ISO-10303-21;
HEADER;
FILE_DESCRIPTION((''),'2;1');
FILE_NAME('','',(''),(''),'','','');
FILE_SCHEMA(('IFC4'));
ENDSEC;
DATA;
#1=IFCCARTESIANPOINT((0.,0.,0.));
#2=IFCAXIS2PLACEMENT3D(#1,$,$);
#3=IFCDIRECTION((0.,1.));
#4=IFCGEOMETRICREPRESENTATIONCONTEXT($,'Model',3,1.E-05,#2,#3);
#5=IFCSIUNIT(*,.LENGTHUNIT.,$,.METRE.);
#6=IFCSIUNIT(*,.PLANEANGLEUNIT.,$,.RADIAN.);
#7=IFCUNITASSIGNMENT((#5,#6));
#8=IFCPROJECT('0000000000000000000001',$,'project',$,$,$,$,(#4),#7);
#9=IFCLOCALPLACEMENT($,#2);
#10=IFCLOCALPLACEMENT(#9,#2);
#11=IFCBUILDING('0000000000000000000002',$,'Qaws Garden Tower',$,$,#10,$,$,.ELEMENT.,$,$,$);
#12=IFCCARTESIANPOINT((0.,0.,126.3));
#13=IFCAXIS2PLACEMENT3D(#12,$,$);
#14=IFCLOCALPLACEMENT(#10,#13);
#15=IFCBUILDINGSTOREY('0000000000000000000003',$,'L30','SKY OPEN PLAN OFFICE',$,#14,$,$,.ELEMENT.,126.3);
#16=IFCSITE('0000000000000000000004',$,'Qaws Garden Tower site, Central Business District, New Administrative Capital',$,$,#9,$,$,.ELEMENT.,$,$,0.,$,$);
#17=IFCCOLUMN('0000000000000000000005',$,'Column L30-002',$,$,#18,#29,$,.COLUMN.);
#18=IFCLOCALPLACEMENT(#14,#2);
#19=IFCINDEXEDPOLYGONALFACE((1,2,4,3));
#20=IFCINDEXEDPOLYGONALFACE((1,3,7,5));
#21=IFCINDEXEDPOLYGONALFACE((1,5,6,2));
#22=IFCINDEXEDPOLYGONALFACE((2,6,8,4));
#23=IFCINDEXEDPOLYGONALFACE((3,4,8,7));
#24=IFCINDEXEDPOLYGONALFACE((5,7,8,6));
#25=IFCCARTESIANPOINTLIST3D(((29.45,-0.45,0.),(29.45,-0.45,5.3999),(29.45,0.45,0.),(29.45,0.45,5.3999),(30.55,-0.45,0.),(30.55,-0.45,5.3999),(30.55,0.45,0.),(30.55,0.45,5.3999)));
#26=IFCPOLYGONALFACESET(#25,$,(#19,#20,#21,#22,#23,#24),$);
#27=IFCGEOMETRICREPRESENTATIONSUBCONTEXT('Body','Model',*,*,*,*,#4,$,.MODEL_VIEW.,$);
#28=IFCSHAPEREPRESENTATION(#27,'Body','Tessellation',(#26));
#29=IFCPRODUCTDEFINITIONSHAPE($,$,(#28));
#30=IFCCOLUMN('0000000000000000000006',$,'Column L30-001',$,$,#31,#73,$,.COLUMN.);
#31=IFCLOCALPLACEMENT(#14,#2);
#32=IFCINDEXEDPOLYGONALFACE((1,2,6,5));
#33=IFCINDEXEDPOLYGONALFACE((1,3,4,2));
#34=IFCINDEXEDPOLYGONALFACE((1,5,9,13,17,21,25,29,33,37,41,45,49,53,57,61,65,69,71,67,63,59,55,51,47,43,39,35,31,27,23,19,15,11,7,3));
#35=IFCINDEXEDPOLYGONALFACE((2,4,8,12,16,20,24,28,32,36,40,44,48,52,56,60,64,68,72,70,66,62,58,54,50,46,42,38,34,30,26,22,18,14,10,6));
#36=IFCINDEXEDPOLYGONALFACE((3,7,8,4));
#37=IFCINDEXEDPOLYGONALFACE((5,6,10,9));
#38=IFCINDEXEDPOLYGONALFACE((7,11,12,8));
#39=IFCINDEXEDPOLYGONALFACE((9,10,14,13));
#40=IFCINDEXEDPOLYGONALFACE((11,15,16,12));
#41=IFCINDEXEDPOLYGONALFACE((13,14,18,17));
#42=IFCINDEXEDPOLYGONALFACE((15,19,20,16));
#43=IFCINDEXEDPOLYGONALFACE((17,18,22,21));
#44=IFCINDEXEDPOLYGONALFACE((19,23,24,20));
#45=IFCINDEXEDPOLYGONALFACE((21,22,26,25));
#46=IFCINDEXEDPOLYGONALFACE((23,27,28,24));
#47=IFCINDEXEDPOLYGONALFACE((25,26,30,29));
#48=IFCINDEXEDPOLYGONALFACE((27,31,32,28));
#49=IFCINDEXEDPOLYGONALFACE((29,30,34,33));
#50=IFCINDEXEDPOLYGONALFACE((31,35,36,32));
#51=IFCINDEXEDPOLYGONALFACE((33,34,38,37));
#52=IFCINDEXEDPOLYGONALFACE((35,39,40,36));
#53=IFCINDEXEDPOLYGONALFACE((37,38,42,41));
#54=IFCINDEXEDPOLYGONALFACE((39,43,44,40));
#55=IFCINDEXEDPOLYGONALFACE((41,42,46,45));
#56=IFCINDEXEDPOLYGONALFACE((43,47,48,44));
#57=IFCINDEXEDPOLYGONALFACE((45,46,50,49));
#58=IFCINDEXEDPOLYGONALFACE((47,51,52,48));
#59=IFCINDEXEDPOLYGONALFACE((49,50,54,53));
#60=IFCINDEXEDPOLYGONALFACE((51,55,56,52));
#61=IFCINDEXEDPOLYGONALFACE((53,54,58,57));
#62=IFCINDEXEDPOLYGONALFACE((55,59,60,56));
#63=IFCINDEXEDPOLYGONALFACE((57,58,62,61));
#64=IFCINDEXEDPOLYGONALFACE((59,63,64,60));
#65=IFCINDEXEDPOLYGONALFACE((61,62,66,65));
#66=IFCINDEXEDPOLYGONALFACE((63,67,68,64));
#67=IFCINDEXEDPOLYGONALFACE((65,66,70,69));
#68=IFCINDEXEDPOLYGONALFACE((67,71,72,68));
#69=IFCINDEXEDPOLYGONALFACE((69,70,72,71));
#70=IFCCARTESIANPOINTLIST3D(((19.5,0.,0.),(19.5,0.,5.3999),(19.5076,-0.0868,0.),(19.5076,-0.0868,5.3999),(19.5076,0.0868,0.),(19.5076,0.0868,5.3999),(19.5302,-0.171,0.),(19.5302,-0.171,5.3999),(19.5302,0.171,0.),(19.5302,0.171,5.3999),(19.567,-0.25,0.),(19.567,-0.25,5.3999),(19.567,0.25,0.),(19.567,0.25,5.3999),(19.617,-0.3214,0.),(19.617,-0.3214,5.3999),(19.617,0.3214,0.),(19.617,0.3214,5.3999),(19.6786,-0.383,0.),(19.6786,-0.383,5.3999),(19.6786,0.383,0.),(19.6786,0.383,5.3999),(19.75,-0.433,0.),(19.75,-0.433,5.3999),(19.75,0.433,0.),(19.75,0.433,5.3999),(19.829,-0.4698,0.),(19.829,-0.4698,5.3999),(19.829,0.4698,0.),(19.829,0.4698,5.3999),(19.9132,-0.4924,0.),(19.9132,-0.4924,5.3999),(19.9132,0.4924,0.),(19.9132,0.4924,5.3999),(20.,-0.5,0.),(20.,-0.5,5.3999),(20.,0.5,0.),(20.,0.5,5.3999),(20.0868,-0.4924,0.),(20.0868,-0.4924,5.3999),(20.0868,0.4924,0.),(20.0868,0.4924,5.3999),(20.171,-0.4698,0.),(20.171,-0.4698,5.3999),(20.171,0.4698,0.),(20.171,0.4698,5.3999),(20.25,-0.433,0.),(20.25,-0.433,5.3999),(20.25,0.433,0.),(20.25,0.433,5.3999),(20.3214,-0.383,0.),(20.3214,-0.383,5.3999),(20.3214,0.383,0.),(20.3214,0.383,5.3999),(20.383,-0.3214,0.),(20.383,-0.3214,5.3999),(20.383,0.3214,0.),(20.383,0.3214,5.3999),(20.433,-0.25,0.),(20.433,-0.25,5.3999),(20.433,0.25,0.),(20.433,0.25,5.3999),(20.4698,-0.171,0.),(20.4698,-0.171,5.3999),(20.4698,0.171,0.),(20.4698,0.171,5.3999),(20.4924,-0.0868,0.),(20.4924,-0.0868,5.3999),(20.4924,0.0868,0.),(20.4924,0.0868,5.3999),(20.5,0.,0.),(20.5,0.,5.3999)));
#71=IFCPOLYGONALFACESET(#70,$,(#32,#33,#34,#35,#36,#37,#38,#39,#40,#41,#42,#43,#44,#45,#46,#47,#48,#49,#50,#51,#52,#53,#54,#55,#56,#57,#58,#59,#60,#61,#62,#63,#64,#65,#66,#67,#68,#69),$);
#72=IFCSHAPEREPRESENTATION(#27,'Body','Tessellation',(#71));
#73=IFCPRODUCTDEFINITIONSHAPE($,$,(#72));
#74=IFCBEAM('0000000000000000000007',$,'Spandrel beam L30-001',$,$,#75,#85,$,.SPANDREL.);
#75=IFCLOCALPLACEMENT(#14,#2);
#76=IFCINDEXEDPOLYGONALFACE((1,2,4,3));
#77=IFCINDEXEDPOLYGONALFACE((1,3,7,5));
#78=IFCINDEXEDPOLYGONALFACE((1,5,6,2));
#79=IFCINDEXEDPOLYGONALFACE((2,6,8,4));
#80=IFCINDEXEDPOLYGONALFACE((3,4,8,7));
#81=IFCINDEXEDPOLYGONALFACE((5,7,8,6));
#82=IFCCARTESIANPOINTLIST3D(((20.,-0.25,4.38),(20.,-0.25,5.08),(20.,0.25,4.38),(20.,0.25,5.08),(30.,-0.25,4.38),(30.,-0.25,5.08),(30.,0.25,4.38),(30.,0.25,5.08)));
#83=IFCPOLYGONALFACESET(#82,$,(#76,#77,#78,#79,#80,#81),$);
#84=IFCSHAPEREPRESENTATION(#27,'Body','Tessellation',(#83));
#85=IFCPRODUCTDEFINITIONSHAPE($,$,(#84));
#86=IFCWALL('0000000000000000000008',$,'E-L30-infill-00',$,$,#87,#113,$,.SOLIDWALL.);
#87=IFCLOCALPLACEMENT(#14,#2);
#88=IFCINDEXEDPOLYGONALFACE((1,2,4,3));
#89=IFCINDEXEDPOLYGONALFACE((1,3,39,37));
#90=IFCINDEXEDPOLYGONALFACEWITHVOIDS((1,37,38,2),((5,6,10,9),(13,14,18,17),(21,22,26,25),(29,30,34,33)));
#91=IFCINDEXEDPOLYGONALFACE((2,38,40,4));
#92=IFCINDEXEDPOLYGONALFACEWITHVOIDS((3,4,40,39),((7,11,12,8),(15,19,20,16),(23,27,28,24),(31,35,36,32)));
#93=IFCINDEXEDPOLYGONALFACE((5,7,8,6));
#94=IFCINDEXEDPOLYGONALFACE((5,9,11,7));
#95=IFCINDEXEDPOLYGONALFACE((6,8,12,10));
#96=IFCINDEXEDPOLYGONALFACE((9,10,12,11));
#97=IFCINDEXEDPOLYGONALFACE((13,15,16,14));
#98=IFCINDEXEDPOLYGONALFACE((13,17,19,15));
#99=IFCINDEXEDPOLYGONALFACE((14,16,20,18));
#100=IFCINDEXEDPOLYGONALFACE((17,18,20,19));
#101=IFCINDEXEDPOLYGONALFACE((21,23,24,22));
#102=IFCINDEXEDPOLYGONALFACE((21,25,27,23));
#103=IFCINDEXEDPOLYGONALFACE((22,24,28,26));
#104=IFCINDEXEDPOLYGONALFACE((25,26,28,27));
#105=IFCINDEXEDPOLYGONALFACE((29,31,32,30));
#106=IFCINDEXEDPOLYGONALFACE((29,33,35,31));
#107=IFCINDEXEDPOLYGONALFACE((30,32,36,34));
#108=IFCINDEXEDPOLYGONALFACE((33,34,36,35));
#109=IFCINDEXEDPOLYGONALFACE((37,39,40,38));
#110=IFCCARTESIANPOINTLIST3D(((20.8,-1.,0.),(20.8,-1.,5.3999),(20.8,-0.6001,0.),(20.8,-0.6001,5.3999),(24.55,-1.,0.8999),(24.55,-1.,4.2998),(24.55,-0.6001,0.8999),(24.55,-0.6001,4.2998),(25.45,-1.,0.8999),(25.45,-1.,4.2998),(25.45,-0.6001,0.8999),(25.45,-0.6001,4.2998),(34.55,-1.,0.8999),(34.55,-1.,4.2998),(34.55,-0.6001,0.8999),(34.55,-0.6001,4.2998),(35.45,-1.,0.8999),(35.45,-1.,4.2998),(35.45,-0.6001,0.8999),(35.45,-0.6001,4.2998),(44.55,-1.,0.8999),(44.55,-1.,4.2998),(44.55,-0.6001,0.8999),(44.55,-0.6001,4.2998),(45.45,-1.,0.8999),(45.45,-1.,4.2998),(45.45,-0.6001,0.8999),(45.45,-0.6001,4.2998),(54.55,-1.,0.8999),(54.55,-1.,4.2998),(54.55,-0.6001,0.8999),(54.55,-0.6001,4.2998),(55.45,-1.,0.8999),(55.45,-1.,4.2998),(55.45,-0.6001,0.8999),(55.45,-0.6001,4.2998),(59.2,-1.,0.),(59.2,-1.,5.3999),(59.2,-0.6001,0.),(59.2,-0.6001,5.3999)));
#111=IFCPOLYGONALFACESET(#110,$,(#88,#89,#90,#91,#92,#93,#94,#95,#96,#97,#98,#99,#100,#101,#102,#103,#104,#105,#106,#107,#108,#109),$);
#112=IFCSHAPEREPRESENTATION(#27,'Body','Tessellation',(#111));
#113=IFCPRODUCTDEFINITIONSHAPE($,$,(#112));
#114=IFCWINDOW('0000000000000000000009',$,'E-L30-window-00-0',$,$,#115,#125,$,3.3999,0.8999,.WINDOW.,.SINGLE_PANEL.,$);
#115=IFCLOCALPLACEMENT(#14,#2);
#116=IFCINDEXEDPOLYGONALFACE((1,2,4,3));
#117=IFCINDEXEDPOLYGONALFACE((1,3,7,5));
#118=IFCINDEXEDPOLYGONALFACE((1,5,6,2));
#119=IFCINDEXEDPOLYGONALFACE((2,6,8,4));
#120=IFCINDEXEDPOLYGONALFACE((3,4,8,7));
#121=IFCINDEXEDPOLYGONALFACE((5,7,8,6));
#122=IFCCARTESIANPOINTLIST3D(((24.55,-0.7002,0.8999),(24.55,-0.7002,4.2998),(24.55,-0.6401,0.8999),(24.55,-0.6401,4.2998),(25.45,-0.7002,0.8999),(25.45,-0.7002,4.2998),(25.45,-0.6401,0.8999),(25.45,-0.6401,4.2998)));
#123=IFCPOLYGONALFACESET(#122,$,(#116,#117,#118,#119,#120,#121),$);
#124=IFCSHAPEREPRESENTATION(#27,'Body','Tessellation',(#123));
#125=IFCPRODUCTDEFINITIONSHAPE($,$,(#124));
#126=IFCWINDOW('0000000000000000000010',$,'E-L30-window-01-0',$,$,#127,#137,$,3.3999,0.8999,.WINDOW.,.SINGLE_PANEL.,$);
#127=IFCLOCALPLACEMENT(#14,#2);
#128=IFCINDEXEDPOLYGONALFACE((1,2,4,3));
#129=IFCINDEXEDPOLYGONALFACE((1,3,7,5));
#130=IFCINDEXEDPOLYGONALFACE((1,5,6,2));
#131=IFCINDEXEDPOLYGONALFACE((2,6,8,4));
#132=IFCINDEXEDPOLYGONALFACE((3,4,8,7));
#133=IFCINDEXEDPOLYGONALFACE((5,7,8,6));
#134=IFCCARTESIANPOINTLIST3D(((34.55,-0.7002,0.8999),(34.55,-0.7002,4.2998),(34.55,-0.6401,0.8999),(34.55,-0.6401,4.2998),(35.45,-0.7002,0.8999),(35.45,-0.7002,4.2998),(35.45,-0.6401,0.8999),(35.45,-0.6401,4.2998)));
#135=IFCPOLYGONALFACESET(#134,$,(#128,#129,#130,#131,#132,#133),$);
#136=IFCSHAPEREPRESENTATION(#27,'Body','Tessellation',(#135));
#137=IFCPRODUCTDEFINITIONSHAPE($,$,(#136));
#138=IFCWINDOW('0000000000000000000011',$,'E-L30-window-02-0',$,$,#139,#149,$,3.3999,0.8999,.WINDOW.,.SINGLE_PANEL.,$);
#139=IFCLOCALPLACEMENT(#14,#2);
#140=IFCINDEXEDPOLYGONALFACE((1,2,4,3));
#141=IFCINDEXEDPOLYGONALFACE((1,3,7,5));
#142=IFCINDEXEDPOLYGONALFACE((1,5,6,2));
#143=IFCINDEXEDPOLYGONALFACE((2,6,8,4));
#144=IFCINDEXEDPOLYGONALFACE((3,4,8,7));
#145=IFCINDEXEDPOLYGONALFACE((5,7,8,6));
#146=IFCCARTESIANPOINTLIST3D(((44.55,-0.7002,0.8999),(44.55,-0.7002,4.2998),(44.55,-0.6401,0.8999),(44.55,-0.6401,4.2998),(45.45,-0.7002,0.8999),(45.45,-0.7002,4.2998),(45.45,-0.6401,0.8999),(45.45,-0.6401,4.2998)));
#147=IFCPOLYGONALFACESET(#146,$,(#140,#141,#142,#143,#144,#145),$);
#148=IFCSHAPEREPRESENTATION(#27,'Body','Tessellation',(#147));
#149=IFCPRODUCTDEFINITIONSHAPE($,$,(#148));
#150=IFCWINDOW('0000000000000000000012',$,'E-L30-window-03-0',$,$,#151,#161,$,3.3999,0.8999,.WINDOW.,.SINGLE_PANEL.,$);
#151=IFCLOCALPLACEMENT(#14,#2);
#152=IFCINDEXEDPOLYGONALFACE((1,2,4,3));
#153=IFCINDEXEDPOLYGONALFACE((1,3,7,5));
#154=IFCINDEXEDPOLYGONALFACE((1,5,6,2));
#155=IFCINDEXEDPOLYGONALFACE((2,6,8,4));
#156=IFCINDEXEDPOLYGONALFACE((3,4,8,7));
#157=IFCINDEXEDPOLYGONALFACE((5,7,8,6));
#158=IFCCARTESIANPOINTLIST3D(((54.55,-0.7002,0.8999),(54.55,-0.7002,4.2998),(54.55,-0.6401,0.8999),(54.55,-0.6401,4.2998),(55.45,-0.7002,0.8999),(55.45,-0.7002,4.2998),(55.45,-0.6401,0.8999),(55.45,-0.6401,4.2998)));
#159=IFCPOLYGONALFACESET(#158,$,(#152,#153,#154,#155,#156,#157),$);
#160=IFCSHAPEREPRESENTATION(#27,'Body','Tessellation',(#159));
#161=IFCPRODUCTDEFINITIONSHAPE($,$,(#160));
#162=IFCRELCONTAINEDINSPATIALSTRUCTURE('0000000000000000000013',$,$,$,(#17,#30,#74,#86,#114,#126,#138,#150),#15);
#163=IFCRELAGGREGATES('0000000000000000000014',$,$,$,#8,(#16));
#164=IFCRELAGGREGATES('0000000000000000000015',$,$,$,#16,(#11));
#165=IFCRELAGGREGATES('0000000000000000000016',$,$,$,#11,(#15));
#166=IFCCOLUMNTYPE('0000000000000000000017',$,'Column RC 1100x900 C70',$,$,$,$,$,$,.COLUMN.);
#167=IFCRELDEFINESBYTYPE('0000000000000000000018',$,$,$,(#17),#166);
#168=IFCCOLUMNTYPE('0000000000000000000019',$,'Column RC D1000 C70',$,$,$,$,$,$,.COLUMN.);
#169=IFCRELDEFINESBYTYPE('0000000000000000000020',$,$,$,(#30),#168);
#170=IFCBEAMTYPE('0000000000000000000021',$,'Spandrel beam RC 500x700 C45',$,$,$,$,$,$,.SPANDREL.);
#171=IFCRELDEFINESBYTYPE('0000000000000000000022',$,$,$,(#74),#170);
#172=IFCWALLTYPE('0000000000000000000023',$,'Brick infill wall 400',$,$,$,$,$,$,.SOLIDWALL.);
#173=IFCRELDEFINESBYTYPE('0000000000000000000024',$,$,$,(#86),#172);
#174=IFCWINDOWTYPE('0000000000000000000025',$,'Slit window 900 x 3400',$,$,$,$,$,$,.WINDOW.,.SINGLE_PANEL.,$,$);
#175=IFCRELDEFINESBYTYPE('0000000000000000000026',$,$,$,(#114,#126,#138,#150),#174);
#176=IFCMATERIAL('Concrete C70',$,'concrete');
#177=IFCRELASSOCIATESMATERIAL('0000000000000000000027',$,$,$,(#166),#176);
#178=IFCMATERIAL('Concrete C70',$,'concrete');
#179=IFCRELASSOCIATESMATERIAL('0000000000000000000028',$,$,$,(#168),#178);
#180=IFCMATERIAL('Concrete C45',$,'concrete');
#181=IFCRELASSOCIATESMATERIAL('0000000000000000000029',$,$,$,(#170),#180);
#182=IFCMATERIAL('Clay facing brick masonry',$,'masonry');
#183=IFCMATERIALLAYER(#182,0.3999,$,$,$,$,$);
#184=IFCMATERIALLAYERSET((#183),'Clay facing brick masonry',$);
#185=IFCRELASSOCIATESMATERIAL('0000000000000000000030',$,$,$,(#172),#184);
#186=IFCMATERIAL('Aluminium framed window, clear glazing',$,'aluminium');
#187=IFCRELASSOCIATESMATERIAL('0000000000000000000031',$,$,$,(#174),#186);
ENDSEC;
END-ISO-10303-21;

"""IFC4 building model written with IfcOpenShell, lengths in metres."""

from ifc_helpers import new_model, si_unit, direction, frame, frame_2d, origin, origin_2d, place, context, subcontext, project, spatial, rectangle, circle, extrude, material, layer, layer_set, material_profile, profile_set, type_object, element, fill, save


model = new_model("IFC4")

# Units and contexts
model_context = context("Model", 3, precision=1e-05, world=origin(), true_north=direction((0.0, 1.0)))
body_context = subcontext(model_context, "Body", "Model", "MODEL_VIEW")
ifc_project = project(units=[si_unit("LENGTHUNIT", "METRE"), si_unit("PLANEANGLEUNIT", "RADIAN")], contexts=[model_context])

# Site, building, storey
site_placement = place(None, origin())
site = spatial("IfcSite", under=ifc_project, at=site_placement, Name="Qaws Garden Tower site, Central Business District, New Administrative Capital", CompositionType="ELEMENT", RefElevation=0.0)
building_placement = place(site_placement, origin())
building = spatial("IfcBuilding", under=site, at=building_placement, Name="Qaws Garden Tower", CompositionType="ELEMENT")
storey_placement = place(building_placement, frame((0.0, 0.0, 126.3)))
storey = spatial("IfcBuildingStorey", under=building, at=storey_placement, Name="L30", Description="SKY OPEN PLAN OFFICE", CompositionType="ELEMENT", Elevation=126.3)

# Columns
ifc_material_1 = material(Name="Concrete C70", Category="concrete")
ifc_material_profile_1 = material_profile(ifc_material_1, rectangle(XDim=1.1001, YDim=0.8999, at=origin_2d()), Name="RC 1100x900")
ifc_profile_set_1 = profile_set([ifc_material_profile_1], Name="Concrete C70")
column_type_1 = type_object("IfcColumnType", Name="Column RC 1100x900 C70", PredefinedType="COLUMN", material=ifc_profile_set_1)
column_1_placement = place(storey_placement, frame((30.0, 0.0, 0.0), z_axis=(0.0, 0.0, 1.0), x_axis=(1.0, 0.0, 0.0)))
element("IfcColumn", 1, at=column_1_placement, inside=storey, type_object=column_type_1, Name="Column L30-002", PredefinedType="COLUMN", context=body_context, shape_type="SweptSolid", body=[
    extrude(rectangle(XDim=1.1001, YDim=0.8999, at=origin_2d()), origin(), (0.0, 0.0, 1.0), 5.3999),
])
ifc_material_2 = material(Name="Concrete C70", Category="concrete")
ifc_material_profile_2 = material_profile(ifc_material_2, circle(Radius=0.5, at=origin_2d()), Name="RC D1000")
ifc_profile_set_2 = profile_set([ifc_material_profile_2], Name="Concrete C70")
column_type_2 = type_object("IfcColumnType", Name="Column RC D1000 C70", PredefinedType="COLUMN", material=ifc_profile_set_2)
column_2_placement = place(storey_placement, frame((20.0, 0.0, 0.0), z_axis=(0.0, 0.0, 1.0), x_axis=(1.0, 0.0, 0.0)))
element("IfcColumn", 2, at=column_2_placement, inside=storey, type_object=column_type_2, Name="Column L30-001", PredefinedType="COLUMN", context=body_context, shape_type="SweptSolid", body=[
    extrude(circle(Radius=0.5, at=origin_2d()), origin(), (0.0, 0.0, 1.0), 5.3999),
])

# Beam
ifc_material_3 = material(Name="Concrete C45", Category="concrete")
ifc_material_profile_3 = material_profile(ifc_material_3, rectangle(XDim=0.5, YDim=0.7, at=origin_2d()), Name="RC 500x700")
ifc_profile_set_3 = profile_set([ifc_material_profile_3], Name="Concrete C45")
beam_type = type_object("IfcBeamType", Name="Spandrel beam RC 500x700 C45", PredefinedType="SPANDREL", material=ifc_profile_set_3)
beam_placement = place(storey_placement, frame((20.0, 0.0, 4.73), z_axis=(1.0, 0.0, 0.0), x_axis=(0.0, 1.0, 0.0)))
element("IfcBeam", 3, at=beam_placement, inside=storey, type_object=beam_type, Name="Spandrel beam L30-001", PredefinedType="SPANDREL", context=body_context, shape_type="SweptSolid", body=[
    extrude(rectangle(XDim=0.5, YDim=0.7, at=origin_2d()), origin(), (0.0, 0.0, 1.0), 10.0),
])

# Wall, openings, windows
ifc_material_4 = material(Name="Clay facing brick masonry", Category="masonry")
ifc_layer_1 = layer(ifc_material_4, 0.3999)
ifc_layer_set_1 = layer_set([ifc_layer_1], Name="Clay facing brick masonry")
wall_type_1 = type_object("IfcWallType", Name="Brick infill wall 400", PredefinedType="SOLIDWALL", material=ifc_layer_set_1)
wall_1_placement = place(storey_placement, frame((20.8, -0.8, 0.0), z_axis=(0.0, 0.0, 1.0), x_axis=(1.0, 0.0, 0.0)))
wall_1 = element("IfcWall", 4, at=wall_1_placement, inside=storey, type_object=wall_type_1, Name="E-L30-infill-00", PredefinedType="SOLIDWALL", context=body_context, shape_type="SweptSolid", body=[
    extrude(rectangle(XDim=38.3999, YDim=0.3999, at=frame_2d((19.2, 0.0))), origin(), (0.0, 0.0, 1.0), 5.3999),
])
opening_1_placement = place(wall_1_placement, frame((3.75, 0.0, 0.8999)))
opening_1 = element("IfcOpeningElement", 5, at=opening_1_placement, cuts=wall_1, PredefinedType="OPENING", context=body_context, shape_type="SweptSolid", body=[
    extrude(rectangle(XDim=0.8999, YDim=3.3999, at=frame_2d((0.45, 1.7))), frame((0.0, 0.21, 0.0), z_axis=(0.0, -1.0, 0.0), x_axis=(1.0, 0.0, 0.0)), (0.0, 0.0, 1.0), 0.4199),
])
opening_2_placement = place(wall_1_placement, frame((13.75, 0.0, 0.8999)))
opening_2 = element("IfcOpeningElement", 6, at=opening_2_placement, cuts=wall_1, PredefinedType="OPENING", context=body_context, shape_type="SweptSolid", body=[
    extrude(rectangle(XDim=0.8999, YDim=3.3999, at=frame_2d((0.45, 1.7))), frame((0.0, 0.21, 0.0), z_axis=(0.0, -1.0, 0.0), x_axis=(1.0, 0.0, 0.0)), (0.0, 0.0, 1.0), 0.4199),
])
opening_3_placement = place(wall_1_placement, frame((23.75, 0.0, 0.8999)))
opening_3 = element("IfcOpeningElement", 7, at=opening_3_placement, cuts=wall_1, PredefinedType="OPENING", context=body_context, shape_type="SweptSolid", body=[
    extrude(rectangle(XDim=0.8999, YDim=3.3999, at=frame_2d((0.45, 1.7))), frame((0.0, 0.21, 0.0), z_axis=(0.0, -1.0, 0.0), x_axis=(1.0, 0.0, 0.0)), (0.0, 0.0, 1.0), 0.4199),
])
opening_4_placement = place(wall_1_placement, frame((33.75, 0.0, 0.8999)))
opening_4 = element("IfcOpeningElement", 8, at=opening_4_placement, cuts=wall_1, PredefinedType="OPENING", context=body_context, shape_type="SweptSolid", body=[
    extrude(rectangle(XDim=0.8999, YDim=3.3999, at=frame_2d((0.45, 1.7))), frame((0.0, 0.21, 0.0), z_axis=(0.0, -1.0, 0.0), x_axis=(1.0, 0.0, 0.0)), (0.0, 0.0, 1.0), 0.4199),
])
ifc_material_5 = material(Name="Aluminium framed window, clear glazing", Category="aluminium")
window_type = type_object("IfcWindowType", Name="Slit window 900 x 3400", PartitioningType="SINGLE_PANEL", PredefinedType="WINDOW", material=ifc_material_5)
window_1_placement = place(opening_1_placement, origin())
window_1 = element("IfcWindow", 9, at=window_1_placement, inside=storey, type_object=window_type, Name="E-L30-window-00-0", OverallHeight=3.3999, OverallWidth=0.8999, PartitioningType="SINGLE_PANEL", PredefinedType="WINDOW", context=body_context, shape_type="SweptSolid", body=[
    extrude(rectangle(XDim=0.8999, YDim=3.3999, at=frame_2d((0.45, 1.7))), frame((0.0, 0.1599, 0.0), z_axis=(0.0, -1.0, 0.0), x_axis=(1.0, 0.0, 0.0)), (0.0, 0.0, 1.0), 0.0601),
])
fill(opening_1, window_1)
window_2_placement = place(opening_2_placement, origin())
window_2 = element("IfcWindow", 10, at=window_2_placement, inside=storey, type_object=window_type, Name="E-L30-window-01-0", OverallHeight=3.3999, OverallWidth=0.8999, PartitioningType="SINGLE_PANEL", PredefinedType="WINDOW", context=body_context, shape_type="SweptSolid", body=[
    extrude(rectangle(XDim=0.8999, YDim=3.3999, at=frame_2d((0.45, 1.7))), frame((0.0, 0.1599, 0.0), z_axis=(0.0, -1.0, 0.0), x_axis=(1.0, 0.0, 0.0)), (0.0, 0.0, 1.0), 0.0601),
])
fill(opening_2, window_2)
window_3_placement = place(opening_3_placement, origin())
window_3 = element("IfcWindow", 11, at=window_3_placement, inside=storey, type_object=window_type, Name="E-L30-window-02-0", OverallHeight=3.3999, OverallWidth=0.8999, PartitioningType="SINGLE_PANEL", PredefinedType="WINDOW", context=body_context, shape_type="SweptSolid", body=[
    extrude(rectangle(XDim=0.8999, YDim=3.3999, at=frame_2d((0.45, 1.7))), frame((0.0, 0.1599, 0.0), z_axis=(0.0, -1.0, 0.0), x_axis=(1.0, 0.0, 0.0)), (0.0, 0.0, 1.0), 0.0601),
])
fill(opening_3, window_3)
window_4_placement = place(opening_4_placement, origin())
window_4 = element("IfcWindow", 12, at=window_4_placement, inside=storey, type_object=window_type, Name="E-L30-window-03-0", OverallHeight=3.3999, OverallWidth=0.8999, PartitioningType="SINGLE_PANEL", PredefinedType="WINDOW", context=body_context, shape_type="SweptSolid", body=[
    extrude(rectangle(XDim=0.8999, YDim=3.3999, at=frame_2d((0.45, 1.7))), frame((0.0, 0.1599, 0.0), z_axis=(0.0, -1.0, 0.0), x_axis=(1.0, 0.0, 0.0)), (0.0, 0.0, 1.0), 0.0601),
])
fill(opening_4, window_4)

save(model, "model.ifc")
